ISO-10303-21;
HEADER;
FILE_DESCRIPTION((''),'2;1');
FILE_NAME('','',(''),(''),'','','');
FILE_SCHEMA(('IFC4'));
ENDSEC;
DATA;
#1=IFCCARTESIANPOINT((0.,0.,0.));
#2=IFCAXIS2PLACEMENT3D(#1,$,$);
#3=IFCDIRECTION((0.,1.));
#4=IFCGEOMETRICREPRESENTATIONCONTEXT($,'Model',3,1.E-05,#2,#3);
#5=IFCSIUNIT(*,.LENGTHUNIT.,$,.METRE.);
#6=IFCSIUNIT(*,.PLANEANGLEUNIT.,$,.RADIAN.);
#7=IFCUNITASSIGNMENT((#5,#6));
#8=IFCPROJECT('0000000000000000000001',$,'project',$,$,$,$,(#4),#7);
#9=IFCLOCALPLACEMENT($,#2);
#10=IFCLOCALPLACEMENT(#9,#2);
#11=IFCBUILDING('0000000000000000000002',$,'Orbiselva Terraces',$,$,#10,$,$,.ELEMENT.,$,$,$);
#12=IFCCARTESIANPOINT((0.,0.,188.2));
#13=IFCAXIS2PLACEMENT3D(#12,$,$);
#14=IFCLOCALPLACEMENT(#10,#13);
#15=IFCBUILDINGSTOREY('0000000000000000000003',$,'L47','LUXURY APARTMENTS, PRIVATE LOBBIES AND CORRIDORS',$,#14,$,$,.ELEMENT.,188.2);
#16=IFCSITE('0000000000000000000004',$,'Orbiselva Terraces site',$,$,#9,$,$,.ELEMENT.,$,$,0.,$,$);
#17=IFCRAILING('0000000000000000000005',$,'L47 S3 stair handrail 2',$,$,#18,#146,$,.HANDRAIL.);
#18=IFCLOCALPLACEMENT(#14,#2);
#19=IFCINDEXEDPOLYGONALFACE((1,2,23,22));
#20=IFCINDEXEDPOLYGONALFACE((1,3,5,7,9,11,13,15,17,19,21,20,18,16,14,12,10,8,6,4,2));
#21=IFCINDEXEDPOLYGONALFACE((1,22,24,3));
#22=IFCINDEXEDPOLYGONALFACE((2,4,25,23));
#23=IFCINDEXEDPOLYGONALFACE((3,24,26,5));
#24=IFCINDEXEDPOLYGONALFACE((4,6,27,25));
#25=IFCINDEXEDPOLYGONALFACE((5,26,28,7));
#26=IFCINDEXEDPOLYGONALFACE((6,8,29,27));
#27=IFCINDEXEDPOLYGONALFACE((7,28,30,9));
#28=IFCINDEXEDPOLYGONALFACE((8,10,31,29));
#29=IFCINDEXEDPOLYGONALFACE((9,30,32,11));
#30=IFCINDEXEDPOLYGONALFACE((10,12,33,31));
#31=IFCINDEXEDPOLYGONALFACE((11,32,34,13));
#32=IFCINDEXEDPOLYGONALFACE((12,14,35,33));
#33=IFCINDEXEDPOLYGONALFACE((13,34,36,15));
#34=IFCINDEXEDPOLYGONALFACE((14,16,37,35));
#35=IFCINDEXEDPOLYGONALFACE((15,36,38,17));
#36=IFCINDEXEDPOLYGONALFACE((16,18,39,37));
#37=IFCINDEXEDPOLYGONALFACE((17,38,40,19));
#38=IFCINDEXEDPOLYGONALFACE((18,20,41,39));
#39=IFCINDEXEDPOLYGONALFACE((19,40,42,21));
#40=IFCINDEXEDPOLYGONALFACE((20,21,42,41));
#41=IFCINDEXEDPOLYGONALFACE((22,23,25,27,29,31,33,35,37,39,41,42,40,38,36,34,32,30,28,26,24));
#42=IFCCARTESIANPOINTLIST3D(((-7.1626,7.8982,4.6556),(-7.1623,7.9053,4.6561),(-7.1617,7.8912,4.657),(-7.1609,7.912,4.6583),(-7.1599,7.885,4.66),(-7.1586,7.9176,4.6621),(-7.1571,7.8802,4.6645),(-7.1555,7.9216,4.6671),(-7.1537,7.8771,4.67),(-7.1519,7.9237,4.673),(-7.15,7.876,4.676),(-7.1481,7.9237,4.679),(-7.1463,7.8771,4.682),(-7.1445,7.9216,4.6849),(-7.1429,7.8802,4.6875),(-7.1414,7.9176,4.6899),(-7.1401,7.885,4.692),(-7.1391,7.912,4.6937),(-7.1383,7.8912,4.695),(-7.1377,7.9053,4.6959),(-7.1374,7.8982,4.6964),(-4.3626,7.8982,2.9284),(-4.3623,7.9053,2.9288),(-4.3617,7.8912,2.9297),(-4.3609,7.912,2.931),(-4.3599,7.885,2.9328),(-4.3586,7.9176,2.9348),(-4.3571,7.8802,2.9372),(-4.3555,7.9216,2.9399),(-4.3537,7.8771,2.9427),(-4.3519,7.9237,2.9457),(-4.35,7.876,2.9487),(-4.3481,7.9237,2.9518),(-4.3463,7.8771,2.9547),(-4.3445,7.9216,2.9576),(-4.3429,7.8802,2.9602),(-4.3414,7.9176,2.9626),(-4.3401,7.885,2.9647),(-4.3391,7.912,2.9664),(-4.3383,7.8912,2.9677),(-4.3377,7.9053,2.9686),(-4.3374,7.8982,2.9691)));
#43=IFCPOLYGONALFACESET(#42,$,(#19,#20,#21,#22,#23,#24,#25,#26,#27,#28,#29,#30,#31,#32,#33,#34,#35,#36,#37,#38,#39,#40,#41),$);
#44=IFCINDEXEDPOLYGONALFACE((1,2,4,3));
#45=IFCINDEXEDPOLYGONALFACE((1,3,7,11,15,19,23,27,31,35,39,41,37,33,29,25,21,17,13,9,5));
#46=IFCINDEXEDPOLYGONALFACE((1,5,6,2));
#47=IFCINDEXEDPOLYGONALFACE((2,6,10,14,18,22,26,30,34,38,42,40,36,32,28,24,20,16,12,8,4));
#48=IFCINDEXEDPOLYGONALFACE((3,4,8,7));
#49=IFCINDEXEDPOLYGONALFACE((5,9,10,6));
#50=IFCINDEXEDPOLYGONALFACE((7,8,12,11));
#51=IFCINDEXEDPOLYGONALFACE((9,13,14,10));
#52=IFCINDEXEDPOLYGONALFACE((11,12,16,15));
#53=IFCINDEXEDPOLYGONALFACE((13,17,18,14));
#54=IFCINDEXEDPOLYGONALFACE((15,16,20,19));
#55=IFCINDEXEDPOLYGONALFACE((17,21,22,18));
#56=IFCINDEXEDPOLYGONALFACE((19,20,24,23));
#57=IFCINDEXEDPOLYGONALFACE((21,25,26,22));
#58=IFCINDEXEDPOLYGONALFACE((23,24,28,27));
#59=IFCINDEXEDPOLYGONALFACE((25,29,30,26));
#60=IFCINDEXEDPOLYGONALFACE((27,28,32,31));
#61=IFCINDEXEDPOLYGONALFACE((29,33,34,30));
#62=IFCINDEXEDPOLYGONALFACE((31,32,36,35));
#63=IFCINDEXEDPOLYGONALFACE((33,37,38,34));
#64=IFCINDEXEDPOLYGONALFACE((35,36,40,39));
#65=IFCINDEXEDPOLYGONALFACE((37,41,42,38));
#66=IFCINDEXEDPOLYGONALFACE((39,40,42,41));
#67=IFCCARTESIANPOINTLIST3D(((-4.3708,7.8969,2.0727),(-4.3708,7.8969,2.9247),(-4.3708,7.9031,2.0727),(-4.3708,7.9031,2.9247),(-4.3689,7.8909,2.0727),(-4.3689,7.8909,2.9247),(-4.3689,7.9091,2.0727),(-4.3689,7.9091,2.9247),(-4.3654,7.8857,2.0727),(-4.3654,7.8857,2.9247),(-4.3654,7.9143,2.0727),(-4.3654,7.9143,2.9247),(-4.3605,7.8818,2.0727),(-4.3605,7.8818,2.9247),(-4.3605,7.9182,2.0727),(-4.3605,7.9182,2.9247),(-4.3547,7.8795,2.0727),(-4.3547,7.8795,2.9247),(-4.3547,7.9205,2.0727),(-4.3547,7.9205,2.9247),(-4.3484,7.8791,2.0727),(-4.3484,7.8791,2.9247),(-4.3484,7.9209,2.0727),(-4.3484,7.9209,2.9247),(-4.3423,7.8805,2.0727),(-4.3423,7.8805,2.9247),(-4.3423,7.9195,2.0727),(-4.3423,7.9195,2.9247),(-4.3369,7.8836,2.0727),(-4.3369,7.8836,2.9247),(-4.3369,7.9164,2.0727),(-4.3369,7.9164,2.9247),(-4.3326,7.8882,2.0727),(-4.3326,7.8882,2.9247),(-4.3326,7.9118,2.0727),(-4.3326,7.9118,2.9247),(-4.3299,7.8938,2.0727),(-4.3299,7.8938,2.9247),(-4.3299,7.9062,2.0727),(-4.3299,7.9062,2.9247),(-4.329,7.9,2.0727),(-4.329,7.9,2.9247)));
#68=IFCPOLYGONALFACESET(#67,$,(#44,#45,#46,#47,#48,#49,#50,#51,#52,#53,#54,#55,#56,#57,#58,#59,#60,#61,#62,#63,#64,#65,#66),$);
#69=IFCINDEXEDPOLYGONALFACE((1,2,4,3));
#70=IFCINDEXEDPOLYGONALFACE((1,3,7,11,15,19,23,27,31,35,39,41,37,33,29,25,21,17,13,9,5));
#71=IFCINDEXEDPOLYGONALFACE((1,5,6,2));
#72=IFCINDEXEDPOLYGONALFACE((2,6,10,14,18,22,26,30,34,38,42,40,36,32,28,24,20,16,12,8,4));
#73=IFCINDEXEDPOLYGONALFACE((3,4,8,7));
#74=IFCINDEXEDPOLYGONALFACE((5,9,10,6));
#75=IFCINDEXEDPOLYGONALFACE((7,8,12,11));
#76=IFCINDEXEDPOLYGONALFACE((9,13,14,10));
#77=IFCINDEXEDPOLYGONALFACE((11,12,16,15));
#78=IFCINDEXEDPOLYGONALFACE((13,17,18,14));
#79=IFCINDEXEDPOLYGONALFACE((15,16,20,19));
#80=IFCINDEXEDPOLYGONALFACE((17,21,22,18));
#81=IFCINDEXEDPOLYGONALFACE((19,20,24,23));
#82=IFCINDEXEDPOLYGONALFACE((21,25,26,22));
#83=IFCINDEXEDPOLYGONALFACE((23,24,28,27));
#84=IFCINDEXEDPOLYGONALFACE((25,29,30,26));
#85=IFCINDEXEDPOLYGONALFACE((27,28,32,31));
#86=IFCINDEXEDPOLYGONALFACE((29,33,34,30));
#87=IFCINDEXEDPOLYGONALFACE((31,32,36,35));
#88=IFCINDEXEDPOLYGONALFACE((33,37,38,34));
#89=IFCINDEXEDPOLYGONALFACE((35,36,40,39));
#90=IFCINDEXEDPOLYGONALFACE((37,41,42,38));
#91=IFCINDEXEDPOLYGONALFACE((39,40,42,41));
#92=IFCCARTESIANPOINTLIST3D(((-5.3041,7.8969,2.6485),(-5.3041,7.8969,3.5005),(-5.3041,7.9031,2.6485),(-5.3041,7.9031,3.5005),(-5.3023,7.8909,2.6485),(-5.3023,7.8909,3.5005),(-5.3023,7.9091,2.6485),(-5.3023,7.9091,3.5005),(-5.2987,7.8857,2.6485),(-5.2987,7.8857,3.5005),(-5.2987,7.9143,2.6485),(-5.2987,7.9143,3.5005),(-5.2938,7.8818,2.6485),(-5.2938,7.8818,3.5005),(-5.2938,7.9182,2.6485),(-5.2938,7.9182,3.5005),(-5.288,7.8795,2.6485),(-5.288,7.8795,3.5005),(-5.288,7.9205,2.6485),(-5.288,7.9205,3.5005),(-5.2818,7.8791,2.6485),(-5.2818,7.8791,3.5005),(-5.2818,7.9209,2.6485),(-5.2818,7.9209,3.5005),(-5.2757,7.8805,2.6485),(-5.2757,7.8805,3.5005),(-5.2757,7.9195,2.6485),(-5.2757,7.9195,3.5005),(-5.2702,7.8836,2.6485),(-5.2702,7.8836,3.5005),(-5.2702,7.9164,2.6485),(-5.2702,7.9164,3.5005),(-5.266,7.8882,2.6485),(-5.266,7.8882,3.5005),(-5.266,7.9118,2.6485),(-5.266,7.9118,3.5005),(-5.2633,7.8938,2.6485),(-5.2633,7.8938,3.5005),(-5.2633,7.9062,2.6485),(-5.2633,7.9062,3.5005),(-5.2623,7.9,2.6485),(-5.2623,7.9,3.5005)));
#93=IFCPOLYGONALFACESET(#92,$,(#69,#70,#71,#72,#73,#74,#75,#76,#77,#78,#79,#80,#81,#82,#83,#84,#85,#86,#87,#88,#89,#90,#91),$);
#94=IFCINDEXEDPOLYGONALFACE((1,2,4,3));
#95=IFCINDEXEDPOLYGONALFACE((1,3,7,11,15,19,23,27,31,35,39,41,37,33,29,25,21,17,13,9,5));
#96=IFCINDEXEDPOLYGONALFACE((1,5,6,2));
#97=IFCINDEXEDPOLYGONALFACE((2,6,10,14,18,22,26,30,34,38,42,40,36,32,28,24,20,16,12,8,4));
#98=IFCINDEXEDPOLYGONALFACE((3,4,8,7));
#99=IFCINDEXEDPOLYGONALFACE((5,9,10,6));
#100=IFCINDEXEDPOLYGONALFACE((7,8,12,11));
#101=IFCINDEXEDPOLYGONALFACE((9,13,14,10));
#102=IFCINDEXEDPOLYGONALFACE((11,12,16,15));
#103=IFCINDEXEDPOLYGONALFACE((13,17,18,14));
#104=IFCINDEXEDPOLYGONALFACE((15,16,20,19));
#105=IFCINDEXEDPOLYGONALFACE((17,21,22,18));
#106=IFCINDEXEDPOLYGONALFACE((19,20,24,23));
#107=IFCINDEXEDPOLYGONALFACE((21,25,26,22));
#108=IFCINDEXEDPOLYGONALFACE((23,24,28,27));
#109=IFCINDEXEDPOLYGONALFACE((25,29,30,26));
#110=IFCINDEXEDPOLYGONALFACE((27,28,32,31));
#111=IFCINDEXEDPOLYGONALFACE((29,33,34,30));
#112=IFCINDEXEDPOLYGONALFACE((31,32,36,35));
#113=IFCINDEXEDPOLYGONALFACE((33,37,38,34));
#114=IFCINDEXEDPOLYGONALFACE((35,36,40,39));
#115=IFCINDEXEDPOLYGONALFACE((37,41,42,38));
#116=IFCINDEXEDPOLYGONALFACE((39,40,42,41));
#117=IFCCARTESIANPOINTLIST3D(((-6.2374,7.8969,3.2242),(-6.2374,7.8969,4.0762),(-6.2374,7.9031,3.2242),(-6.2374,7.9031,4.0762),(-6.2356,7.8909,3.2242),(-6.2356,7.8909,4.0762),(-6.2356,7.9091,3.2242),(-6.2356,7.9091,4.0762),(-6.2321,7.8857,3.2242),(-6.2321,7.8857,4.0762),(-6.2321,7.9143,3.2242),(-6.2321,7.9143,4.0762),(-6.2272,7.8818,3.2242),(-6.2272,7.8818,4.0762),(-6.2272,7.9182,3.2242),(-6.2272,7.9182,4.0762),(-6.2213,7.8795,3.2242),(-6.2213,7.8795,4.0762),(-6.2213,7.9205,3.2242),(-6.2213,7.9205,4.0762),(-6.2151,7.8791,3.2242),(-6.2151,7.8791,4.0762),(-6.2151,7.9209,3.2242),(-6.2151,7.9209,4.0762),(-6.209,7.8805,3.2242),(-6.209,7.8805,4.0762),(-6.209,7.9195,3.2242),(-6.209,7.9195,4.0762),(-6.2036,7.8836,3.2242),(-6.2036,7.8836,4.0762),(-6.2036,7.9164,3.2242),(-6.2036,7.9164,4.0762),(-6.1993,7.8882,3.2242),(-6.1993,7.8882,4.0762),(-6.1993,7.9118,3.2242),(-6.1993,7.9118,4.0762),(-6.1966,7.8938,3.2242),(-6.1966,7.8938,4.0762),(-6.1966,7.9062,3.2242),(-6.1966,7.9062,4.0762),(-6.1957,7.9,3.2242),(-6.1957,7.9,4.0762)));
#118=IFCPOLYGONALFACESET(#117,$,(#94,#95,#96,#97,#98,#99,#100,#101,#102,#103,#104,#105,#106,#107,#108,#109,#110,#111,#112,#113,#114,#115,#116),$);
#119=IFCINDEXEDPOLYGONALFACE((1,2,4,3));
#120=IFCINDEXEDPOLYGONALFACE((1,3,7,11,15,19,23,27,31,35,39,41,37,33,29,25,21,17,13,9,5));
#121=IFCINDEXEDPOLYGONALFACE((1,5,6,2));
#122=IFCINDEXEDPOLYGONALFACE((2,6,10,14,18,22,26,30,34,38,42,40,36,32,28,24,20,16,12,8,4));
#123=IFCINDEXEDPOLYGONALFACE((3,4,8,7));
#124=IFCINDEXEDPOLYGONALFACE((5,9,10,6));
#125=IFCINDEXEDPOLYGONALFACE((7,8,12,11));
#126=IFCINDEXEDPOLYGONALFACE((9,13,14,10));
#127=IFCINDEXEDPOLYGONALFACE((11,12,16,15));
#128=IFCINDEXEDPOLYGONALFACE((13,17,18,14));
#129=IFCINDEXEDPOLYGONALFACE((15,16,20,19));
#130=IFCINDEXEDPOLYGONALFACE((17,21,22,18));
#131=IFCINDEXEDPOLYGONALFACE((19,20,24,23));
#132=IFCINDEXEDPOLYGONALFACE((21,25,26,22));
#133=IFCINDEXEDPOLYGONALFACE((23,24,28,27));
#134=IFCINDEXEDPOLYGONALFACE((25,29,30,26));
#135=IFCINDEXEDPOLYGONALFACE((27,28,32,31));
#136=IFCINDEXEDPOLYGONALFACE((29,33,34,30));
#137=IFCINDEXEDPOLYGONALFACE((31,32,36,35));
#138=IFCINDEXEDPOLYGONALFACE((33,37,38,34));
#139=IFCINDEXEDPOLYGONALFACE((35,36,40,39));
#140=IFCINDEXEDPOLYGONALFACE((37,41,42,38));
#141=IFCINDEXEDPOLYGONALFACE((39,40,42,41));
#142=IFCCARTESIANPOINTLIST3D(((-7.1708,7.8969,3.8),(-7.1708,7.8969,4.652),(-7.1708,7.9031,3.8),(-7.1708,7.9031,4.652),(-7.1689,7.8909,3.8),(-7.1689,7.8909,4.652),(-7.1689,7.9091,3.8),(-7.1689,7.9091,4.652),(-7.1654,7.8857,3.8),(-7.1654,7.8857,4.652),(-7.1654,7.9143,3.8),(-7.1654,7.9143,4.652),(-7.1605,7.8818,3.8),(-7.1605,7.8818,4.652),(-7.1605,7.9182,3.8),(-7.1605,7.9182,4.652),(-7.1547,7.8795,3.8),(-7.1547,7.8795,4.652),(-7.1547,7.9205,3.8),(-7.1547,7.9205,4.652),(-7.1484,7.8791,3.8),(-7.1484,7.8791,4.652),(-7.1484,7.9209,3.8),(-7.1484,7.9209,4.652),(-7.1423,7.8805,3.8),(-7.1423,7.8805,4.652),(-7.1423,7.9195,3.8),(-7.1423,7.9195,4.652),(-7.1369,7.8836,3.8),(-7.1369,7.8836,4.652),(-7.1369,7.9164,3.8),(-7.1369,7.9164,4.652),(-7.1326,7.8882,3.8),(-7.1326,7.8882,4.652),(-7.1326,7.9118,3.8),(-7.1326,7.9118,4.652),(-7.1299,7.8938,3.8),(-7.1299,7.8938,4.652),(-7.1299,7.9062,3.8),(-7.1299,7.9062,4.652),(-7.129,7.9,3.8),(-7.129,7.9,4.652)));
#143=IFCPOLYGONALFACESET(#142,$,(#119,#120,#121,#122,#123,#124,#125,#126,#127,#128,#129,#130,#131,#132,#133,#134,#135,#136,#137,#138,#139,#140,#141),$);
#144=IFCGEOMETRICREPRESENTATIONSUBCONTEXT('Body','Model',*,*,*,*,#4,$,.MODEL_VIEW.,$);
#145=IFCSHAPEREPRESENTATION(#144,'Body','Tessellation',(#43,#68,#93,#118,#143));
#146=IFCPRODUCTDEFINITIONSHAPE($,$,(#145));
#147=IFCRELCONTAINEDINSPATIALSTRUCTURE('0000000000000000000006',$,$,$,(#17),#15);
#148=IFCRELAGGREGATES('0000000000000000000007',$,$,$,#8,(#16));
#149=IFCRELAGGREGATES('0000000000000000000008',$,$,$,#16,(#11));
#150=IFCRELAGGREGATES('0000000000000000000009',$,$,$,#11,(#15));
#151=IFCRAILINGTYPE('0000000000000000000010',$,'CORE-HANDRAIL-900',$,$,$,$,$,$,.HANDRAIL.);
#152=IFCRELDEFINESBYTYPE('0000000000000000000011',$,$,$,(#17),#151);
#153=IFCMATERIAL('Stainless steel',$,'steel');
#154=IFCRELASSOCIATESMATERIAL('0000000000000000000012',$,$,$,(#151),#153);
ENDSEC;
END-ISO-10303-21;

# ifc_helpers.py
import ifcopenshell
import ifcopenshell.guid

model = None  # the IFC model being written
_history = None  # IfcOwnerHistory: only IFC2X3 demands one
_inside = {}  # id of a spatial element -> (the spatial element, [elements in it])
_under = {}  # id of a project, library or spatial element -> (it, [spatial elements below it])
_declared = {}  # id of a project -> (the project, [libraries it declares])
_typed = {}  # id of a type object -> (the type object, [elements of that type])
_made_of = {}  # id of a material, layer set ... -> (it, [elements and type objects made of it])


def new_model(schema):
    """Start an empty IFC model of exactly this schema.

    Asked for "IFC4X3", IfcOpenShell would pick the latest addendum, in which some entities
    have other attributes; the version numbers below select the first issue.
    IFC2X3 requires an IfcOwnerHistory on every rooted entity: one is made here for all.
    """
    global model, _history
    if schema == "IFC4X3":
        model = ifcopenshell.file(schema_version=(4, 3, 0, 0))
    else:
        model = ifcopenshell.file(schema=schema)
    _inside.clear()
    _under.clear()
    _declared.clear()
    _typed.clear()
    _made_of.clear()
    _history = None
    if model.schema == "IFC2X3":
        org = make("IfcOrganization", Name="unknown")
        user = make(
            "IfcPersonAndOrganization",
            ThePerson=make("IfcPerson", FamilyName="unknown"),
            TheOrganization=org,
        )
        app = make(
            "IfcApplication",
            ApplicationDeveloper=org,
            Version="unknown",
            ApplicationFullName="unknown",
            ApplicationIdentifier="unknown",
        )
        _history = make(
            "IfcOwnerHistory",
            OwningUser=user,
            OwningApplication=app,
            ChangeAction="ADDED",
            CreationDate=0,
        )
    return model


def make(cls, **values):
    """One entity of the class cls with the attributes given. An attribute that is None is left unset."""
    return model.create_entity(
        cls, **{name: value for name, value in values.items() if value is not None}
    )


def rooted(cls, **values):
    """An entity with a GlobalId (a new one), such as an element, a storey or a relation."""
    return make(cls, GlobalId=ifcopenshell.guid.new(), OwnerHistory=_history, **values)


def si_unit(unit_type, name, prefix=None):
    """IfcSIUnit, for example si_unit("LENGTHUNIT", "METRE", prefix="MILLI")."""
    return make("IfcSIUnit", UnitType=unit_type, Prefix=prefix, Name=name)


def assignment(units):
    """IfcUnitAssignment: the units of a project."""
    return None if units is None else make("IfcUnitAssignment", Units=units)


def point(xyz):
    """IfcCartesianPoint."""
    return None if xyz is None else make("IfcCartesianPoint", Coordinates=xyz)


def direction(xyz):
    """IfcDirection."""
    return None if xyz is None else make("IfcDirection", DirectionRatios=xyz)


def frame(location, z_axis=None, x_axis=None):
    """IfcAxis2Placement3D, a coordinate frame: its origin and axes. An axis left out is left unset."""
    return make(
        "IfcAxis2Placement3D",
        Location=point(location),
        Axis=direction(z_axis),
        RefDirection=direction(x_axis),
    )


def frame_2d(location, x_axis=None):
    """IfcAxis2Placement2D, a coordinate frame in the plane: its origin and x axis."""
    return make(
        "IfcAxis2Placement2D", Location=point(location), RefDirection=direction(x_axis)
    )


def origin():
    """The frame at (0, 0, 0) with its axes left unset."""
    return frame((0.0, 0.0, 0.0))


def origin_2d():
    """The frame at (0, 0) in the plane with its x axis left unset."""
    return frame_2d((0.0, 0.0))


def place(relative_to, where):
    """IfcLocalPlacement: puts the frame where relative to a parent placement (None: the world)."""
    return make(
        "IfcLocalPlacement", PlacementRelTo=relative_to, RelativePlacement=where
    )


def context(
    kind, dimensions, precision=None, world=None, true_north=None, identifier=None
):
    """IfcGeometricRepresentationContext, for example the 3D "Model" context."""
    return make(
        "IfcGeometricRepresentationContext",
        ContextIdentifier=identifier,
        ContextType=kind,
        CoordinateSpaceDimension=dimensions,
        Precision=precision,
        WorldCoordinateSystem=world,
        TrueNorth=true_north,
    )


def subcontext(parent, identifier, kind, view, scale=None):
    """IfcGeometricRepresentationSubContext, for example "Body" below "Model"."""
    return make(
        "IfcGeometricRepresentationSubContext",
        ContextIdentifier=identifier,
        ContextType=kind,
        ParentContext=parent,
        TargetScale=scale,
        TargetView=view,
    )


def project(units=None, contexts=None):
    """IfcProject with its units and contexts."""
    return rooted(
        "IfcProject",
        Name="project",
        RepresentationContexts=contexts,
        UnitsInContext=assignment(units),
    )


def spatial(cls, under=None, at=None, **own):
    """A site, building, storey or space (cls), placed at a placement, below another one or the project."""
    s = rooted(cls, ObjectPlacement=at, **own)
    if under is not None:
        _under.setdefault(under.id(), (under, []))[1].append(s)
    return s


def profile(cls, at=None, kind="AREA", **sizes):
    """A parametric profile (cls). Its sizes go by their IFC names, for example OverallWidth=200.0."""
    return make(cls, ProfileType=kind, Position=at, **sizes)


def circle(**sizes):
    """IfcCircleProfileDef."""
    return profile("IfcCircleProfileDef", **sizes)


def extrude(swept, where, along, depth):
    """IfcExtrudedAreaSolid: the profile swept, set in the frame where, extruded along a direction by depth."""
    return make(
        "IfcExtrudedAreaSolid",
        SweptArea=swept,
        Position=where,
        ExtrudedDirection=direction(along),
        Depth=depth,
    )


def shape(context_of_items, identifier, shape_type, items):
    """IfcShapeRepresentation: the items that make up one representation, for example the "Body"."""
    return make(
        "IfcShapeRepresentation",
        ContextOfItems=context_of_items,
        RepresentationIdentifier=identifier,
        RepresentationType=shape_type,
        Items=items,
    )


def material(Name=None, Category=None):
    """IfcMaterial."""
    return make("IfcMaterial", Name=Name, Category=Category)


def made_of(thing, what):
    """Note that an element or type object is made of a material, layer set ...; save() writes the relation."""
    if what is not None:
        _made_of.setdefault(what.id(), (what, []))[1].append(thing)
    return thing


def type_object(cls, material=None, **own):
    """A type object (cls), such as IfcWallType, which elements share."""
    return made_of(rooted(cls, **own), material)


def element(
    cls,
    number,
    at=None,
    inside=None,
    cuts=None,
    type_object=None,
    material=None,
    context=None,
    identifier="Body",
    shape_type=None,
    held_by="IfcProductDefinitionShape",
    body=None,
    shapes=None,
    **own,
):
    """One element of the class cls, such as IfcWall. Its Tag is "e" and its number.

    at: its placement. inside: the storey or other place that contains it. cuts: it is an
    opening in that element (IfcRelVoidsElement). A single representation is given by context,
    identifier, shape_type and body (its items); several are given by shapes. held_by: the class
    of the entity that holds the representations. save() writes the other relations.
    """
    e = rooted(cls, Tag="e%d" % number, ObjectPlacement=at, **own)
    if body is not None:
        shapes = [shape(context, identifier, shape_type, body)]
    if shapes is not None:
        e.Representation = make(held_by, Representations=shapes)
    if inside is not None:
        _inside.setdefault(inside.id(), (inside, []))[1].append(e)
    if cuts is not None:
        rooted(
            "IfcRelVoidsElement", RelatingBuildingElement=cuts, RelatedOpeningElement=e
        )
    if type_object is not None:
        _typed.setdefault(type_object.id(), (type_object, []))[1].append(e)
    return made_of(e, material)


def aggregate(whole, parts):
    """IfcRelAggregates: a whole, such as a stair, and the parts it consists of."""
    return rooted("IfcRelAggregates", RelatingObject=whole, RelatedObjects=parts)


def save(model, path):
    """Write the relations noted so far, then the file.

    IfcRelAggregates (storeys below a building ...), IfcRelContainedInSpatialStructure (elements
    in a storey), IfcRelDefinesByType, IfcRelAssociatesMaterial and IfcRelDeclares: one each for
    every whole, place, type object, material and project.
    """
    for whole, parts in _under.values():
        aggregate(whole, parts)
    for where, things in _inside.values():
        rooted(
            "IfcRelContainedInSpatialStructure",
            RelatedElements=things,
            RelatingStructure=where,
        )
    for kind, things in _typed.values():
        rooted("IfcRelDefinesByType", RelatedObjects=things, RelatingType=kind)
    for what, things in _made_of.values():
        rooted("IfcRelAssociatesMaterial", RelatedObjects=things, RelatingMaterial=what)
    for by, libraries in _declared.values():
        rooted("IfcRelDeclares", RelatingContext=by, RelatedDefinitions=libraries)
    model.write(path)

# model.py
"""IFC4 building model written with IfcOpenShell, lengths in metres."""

from ifc_helpers import new_model, si_unit, direction, frame, origin, origin_2d, place, context, subcontext, project, spatial, circle, extrude, material, type_object, element, save


model = new_model("IFC4")

# Units and contexts
model_context = context("Model", 3, precision=1e-05, world=origin(), true_north=direction((0.0, 1.0)))
body_context = subcontext(model_context, "Body", "Model", "MODEL_VIEW")
ifc_project = project(units=[si_unit("LENGTHUNIT", "METRE"), si_unit("PLANEANGLEUNIT", "RADIAN")], contexts=[model_context])

# Site, building, storey
site_placement = place(None, origin())
site = spatial("IfcSite", under=ifc_project, at=site_placement, Name="Orbiselva Terraces site", CompositionType="ELEMENT", RefElevation=0.0)
building_placement = place(site_placement, origin())
building = spatial("IfcBuilding", under=site, at=building_placement, Name="Orbiselva Terraces", CompositionType="ELEMENT")
storey_placement = place(building_placement, frame((0.0, 0.0, 188.2)))
storey = spatial("IfcBuildingStorey", under=building, at=storey_placement, Name="L47", Description="LUXURY APARTMENTS, PRIVATE LOBBIES AND CORRIDORS", CompositionType="ELEMENT", Elevation=188.2)

# Railing
ifc_material_1 = material(Name="Stainless steel", Category="steel")
railing_type_1 = type_object("IfcRailingType", Name="CORE-HANDRAIL-900", PredefinedType="HANDRAIL", material=ifc_material_1)
railing_1_placement = place(storey_placement, frame((-4.35, 7.9, 2.0727)))
element("IfcRailing", 1, at=railing_1_placement, inside=storey, type_object=railing_type_1, Name="L47 S3 stair handrail 2", PredefinedType="HANDRAIL", context=body_context, shape_type="SweptSolid", body=[
    extrude(circle(Radius=0.024, at=origin_2d()), frame((0.0, 0.0, 0.876), z_axis=(-0.851089, 0.0, 0.525022), x_axis=(0.0, -1.0, 0.0)), (0.0, 0.0, 1.0), 3.2899),
    extrude(circle(Radius=0.021, at=origin_2d()), origin(), (0.0, 0.0, 1.0), 0.852),
    extrude(circle(Radius=0.021, at=origin_2d()), frame((-0.9333, 0.0, 0.5758)), (0.0, 0.0, 1.0), 0.852),
    extrude(circle(Radius=0.021, at=origin_2d()), frame((-1.8667, 0.0, 1.1515)), (0.0, 0.0, 1.0), 0.852),
    extrude(circle(Radius=0.021, at=origin_2d()), frame((-2.8, 0.0, 1.7273)), (0.0, 0.0, 1.0), 0.852),
])

save(model, "model.ifc")
